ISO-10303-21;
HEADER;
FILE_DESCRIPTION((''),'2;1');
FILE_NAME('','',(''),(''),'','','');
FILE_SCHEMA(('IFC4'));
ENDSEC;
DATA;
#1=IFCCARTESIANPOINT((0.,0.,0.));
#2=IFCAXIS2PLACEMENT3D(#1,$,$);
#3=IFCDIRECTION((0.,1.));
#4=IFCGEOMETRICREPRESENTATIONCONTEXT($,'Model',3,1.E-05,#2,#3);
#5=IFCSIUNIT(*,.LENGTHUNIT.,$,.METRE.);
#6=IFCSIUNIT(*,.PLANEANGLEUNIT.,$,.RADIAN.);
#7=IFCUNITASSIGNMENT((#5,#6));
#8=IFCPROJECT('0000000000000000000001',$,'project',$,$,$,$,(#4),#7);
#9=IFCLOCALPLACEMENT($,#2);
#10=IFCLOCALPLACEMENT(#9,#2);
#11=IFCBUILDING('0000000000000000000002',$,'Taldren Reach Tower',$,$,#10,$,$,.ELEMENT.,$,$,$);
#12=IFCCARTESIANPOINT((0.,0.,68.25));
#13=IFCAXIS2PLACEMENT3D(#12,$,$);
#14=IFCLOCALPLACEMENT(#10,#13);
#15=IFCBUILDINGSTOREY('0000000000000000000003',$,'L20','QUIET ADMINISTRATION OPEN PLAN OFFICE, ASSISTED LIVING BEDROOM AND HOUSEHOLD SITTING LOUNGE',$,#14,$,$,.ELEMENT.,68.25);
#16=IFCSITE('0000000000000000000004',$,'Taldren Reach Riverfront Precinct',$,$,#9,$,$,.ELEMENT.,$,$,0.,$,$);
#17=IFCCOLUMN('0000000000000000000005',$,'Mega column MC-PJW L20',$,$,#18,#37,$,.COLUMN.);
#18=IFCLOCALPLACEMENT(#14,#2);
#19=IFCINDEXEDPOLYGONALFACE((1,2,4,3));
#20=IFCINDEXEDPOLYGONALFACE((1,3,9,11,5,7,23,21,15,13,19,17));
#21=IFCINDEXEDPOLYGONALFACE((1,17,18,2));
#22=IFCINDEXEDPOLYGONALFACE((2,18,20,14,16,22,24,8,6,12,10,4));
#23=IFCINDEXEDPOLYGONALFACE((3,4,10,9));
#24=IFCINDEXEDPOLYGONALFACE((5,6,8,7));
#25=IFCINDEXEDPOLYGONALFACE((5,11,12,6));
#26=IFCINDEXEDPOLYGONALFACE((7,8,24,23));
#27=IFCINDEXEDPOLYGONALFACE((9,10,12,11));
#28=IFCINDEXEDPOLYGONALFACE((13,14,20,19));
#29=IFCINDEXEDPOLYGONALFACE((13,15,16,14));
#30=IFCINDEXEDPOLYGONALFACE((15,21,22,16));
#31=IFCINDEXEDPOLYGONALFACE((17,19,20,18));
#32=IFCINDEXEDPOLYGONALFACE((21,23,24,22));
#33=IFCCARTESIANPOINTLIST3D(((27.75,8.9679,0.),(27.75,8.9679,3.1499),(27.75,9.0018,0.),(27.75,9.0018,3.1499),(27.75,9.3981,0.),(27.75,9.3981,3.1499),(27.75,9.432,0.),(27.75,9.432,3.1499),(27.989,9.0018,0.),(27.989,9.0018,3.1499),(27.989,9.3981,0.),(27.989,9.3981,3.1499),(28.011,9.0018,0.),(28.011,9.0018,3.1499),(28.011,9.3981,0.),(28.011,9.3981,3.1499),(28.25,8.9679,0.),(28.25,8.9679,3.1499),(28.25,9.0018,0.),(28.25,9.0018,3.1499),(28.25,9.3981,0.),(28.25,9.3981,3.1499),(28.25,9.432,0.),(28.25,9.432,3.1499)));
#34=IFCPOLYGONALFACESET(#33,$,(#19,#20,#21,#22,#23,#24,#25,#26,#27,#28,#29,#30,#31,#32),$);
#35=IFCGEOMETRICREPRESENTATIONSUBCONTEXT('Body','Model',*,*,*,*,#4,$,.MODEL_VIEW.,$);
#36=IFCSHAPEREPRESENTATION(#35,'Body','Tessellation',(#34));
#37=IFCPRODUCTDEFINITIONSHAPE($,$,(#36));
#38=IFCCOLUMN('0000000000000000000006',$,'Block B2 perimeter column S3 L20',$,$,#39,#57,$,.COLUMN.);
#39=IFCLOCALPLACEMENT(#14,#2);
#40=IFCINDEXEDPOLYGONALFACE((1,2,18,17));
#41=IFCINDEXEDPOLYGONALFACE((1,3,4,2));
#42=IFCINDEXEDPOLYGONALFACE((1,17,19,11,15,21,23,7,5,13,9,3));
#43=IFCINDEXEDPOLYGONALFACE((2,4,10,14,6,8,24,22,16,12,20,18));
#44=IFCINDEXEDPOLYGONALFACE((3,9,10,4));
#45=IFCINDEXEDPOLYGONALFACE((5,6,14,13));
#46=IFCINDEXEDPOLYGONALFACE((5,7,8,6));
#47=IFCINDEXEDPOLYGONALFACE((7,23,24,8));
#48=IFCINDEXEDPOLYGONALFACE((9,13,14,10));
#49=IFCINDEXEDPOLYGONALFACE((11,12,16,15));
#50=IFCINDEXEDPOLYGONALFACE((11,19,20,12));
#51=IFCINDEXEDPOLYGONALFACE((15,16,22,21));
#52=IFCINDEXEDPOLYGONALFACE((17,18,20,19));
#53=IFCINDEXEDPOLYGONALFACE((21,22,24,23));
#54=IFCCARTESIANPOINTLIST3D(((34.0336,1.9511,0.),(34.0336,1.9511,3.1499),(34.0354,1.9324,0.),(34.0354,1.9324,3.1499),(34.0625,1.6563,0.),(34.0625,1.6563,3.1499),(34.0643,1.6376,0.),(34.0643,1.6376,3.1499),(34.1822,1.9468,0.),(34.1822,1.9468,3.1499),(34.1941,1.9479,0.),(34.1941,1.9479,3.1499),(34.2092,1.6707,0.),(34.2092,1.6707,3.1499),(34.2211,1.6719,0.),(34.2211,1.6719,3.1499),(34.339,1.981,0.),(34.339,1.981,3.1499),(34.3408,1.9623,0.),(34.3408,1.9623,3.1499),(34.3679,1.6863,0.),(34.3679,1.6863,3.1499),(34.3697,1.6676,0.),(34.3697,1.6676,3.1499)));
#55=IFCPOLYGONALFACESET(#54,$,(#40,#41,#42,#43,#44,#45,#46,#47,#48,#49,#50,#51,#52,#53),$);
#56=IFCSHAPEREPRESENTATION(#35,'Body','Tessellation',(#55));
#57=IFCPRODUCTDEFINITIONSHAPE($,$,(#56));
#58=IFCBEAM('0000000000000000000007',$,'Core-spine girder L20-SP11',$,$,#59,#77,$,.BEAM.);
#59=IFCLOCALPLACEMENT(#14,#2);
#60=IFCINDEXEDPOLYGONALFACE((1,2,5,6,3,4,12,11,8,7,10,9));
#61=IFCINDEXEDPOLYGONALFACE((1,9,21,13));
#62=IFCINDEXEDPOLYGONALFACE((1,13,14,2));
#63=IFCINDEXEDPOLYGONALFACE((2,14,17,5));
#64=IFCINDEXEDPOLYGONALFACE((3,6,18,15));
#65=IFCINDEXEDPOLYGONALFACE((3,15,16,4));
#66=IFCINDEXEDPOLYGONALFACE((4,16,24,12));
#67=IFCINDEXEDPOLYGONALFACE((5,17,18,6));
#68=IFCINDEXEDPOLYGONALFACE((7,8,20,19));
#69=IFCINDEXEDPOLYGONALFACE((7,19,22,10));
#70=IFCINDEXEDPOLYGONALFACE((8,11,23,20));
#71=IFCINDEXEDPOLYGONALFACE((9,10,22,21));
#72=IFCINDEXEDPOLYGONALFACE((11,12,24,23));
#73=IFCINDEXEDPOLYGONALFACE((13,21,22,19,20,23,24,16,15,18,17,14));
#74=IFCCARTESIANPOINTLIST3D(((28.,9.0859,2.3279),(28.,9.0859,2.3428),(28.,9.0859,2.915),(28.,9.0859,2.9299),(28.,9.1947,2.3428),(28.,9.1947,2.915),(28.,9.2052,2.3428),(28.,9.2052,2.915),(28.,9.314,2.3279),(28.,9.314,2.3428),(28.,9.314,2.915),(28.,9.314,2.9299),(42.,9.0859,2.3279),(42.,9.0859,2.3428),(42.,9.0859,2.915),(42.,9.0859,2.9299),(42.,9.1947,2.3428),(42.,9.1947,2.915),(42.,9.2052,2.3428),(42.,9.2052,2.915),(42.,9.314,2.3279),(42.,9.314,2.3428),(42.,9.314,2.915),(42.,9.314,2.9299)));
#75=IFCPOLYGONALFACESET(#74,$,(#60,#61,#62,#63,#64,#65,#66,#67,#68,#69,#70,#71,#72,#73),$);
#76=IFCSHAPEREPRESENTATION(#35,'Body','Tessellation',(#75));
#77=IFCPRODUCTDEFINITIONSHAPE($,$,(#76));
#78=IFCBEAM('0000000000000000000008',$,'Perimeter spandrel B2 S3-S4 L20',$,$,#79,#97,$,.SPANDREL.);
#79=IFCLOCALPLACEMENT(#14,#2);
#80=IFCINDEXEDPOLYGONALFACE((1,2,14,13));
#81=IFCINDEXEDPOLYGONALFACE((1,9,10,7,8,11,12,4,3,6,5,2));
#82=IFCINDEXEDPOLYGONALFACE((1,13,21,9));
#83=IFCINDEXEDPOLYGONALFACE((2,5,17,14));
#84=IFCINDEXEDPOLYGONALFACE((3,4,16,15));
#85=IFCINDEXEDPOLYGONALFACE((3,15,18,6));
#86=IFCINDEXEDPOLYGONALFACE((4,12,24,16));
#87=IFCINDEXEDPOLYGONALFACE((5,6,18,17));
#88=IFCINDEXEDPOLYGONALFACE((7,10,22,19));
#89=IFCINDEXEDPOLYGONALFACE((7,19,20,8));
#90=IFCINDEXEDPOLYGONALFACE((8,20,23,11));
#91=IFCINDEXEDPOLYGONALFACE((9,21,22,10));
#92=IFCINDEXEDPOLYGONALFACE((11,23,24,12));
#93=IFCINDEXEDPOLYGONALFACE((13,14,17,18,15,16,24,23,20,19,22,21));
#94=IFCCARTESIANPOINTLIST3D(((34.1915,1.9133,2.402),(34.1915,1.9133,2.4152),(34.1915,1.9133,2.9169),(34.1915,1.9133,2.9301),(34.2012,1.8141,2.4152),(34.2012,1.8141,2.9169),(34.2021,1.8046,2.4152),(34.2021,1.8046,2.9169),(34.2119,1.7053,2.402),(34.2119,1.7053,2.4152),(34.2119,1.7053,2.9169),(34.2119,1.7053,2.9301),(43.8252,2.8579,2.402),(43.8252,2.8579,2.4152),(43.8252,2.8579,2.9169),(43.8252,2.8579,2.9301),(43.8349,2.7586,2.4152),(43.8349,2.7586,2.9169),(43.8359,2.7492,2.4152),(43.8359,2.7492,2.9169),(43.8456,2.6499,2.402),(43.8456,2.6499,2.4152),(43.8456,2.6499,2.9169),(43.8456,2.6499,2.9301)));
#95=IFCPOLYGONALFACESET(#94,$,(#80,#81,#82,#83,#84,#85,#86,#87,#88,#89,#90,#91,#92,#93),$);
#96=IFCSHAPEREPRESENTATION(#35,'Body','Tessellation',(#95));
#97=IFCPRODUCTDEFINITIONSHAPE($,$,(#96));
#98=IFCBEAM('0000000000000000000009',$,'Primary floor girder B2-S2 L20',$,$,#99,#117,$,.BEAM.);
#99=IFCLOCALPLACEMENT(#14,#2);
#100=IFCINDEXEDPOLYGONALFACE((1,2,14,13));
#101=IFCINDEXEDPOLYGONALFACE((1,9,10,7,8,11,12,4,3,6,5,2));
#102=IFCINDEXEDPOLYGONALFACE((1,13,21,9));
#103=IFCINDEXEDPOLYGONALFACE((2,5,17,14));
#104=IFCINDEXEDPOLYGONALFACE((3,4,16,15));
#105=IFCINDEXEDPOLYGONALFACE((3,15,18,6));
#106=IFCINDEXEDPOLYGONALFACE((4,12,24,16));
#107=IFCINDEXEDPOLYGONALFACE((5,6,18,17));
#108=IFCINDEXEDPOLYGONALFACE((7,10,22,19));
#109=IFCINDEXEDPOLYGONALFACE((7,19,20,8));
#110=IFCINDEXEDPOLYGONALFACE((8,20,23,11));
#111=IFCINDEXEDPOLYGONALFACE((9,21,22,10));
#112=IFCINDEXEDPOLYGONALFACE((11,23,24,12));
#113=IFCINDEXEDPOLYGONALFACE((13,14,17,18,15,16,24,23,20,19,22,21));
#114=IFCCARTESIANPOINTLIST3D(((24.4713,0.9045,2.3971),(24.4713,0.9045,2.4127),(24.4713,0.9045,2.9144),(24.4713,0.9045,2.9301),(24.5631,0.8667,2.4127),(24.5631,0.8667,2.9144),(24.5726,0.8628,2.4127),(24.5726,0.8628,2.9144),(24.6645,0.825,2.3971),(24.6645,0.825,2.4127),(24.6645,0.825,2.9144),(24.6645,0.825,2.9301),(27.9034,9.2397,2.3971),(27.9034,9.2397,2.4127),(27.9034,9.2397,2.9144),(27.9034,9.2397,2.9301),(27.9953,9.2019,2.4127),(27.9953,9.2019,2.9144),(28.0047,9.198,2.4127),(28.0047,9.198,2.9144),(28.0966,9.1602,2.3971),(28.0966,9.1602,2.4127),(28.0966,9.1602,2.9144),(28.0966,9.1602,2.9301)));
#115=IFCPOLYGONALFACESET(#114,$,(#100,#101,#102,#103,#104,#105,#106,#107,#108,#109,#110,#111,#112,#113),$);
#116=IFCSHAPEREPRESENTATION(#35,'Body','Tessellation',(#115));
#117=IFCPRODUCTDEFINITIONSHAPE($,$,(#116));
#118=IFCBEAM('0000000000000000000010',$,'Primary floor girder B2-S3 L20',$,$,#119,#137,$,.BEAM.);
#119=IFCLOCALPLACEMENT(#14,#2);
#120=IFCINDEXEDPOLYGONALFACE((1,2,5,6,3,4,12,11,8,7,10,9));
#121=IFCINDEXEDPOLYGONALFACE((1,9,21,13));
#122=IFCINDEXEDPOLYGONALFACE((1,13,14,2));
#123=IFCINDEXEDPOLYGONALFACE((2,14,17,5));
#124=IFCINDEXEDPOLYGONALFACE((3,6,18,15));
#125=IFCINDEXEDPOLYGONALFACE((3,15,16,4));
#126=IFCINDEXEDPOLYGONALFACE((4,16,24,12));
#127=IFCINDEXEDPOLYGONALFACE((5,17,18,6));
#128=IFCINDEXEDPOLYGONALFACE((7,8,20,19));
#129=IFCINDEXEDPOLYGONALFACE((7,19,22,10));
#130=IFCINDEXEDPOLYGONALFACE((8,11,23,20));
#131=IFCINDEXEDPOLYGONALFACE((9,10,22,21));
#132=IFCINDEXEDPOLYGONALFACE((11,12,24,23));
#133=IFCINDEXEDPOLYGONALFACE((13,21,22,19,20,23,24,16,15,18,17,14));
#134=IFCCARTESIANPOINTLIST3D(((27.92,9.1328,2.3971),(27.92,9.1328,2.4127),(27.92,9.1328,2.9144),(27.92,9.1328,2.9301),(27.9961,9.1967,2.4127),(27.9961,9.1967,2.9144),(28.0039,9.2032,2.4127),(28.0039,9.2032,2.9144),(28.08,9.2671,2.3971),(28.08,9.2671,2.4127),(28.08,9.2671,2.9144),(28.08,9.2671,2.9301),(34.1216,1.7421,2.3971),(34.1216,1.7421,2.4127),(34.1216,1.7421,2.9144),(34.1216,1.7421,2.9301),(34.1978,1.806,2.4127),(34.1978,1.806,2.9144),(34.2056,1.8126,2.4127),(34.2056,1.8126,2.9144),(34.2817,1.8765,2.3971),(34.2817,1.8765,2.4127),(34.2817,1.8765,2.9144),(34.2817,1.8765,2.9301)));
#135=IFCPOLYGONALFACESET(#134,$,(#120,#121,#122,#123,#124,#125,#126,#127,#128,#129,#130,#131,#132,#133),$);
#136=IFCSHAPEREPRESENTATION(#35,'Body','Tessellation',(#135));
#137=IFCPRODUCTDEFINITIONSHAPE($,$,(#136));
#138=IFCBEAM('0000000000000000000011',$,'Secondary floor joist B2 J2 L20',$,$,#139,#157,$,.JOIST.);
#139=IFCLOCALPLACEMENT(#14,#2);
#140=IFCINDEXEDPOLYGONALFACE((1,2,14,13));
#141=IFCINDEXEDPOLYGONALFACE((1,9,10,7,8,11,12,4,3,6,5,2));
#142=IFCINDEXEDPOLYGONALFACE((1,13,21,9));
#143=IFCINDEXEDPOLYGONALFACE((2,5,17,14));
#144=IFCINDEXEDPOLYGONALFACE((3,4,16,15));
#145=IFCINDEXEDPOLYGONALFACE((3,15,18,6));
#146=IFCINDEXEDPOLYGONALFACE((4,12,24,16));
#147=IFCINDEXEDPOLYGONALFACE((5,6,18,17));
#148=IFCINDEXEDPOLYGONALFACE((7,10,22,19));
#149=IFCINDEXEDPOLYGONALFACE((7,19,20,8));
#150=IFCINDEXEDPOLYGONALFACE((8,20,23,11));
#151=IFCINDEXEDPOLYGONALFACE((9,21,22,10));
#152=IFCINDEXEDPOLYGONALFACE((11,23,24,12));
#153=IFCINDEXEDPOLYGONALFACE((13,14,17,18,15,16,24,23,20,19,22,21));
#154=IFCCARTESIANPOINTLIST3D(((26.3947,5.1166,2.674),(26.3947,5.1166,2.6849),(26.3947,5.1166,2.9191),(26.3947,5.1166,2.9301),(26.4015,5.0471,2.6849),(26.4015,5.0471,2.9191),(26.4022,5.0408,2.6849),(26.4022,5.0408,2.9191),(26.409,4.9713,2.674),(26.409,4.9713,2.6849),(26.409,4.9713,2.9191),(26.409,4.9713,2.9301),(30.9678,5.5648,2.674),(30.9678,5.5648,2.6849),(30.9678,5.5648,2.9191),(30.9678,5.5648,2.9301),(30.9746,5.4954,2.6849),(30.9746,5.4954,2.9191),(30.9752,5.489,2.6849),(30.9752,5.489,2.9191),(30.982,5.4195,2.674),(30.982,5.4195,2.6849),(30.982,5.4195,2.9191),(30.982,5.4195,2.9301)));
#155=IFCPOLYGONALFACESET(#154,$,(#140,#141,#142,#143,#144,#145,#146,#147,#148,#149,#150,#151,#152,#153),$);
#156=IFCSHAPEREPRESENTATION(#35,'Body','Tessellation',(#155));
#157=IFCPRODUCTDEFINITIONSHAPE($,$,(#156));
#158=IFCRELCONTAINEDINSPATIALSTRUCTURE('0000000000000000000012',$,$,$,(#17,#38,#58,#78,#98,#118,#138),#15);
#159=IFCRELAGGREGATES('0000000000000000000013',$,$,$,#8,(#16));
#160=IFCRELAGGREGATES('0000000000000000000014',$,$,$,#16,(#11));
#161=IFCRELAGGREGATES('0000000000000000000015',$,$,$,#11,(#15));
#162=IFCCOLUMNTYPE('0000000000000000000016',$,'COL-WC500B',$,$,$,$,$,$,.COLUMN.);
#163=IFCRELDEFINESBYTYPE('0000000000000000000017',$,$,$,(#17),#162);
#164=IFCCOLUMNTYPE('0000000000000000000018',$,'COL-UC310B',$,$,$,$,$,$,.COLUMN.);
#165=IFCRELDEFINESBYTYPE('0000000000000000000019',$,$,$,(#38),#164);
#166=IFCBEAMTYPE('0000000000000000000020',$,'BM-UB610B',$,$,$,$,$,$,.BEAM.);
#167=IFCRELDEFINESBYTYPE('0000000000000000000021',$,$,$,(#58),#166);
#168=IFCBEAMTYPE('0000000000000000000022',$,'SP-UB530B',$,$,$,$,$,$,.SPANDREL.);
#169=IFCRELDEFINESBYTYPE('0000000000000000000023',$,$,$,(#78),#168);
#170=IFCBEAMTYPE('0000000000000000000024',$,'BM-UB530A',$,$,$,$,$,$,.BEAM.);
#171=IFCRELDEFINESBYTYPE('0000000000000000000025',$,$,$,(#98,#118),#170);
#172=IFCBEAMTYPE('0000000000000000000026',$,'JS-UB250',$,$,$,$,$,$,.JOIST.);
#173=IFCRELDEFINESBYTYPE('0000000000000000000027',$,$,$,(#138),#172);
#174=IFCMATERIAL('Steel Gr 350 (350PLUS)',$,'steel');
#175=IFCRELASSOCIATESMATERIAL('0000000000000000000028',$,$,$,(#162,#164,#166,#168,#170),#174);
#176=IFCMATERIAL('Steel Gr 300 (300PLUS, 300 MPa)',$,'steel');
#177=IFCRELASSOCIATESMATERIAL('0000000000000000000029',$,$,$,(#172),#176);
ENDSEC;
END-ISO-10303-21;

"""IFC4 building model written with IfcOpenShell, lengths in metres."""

from ifc_helpers import new_model, si_unit, direction, frame, origin, origin_2d, place, context, subcontext, project, spatial, i_section, extrude, source, transform, mapped, material, material_profile, profile_set, type_object, element, save


model = new_model("IFC4")

# Units and contexts
model_context = context("Model", 3, precision=1e-05, world=origin(), true_north=direction((0.0, 1.0)))
body_context = subcontext(model_context, "Body", "Model", "MODEL_VIEW")
ifc_project = project(units=[si_unit("LENGTHUNIT", "METRE"), si_unit("PLANEANGLEUNIT", "RADIAN")], contexts=[model_context])

# Site, building, storey
site_placement = place(None, origin())
site = spatial("IfcSite", under=ifc_project, at=site_placement, Name="Taldren Reach Riverfront Precinct", CompositionType="ELEMENT", RefElevation=0.0)
building_placement = place(site_placement, origin())
building = spatial("IfcBuilding", under=site, at=building_placement, Name="Taldren Reach Tower", CompositionType="ELEMENT")
storey_placement = place(building_placement, frame((0.0, 0.0, 68.25)))
storey = spatial("IfcBuildingStorey", under=building, at=storey_placement, Name="L20", Description="QUIET ADMINISTRATION OPEN PLAN OFFICE, ASSISTED LIVING BEDROOM AND HOUSEHOLD SITTING LOUNGE", CompositionType="ELEMENT", Elevation=68.25)

# Columns
ifc_material_1 = material(Name="Steel Gr 350 (350PLUS)", Category="steel")
ifc_material_profile_1 = material_profile(ifc_material_1, i_section(OverallWidth=0.5, OverallDepth=0.4641, WebThickness=0.022, FlangeThickness=0.0339, at=origin_2d()), Name="500WC340")
ifc_profile_set_1 = profile_set([ifc_material_profile_1], Name="Steel Gr 350 (350PLUS)")
column_type_1 = type_object("IfcColumnType", Name="COL-WC500B", PredefinedType="COLUMN", material=ifc_profile_set_1)
shared_shape_1 = source(origin(), body_context, "Body", "SweptSolid", [
    extrude(i_section(OverallWidth=0.5, OverallDepth=0.4641, WebThickness=0.022, FlangeThickness=0.0339, at=origin_2d()), origin(), (0.0, 0.0, 1.0), 3.1499),
])
column_1_placement = place(storey_placement, frame((28.0, 9.2, 0.0), z_axis=(0.0, 0.0, 1.0), x_axis=(1.0, 0.0, 0.0)))
element("IfcColumn", 1, at=column_1_placement, inside=storey, type_object=column_type_1, Name="Mega column MC-PJW L20", PredefinedType="COLUMN", context=body_context, shape_type="MappedRepresentation", body=[
    mapped(shared_shape_1, transform((0.0, 0.0, 0.0), scale=1.0)),
])
ifc_material_profile_2 = material_profile(ifc_material_1, i_section(OverallWidth=0.3069, OverallDepth=0.3149, WebThickness=0.012, FlangeThickness=0.0188, at=origin_2d()), Name="310UC118")
ifc_profile_set_2 = profile_set([ifc_material_profile_2], Name="Steel Gr 350 (350PLUS)")
column_type_2 = type_object("IfcColumnType", Name="COL-UC310B", PredefinedType="COLUMN", material=ifc_profile_set_2)
shared_shape_2 = source(origin(), body_context, "Body", "SweptSolid", [
    extrude(i_section(OverallWidth=0.3069, OverallDepth=0.3149, WebThickness=0.012, FlangeThickness=0.0188, at=origin_2d()), origin(), (0.0, 0.0, 1.0), 3.1499),
])
column_2_placement = place(storey_placement, frame((34.2017, 1.8093, 0.0), z_axis=(0.0, 0.0, 1.0), x_axis=(0.995227, 0.097583, 0.0)))
element("IfcColumn", 2, at=column_2_placement, inside=storey, type_object=column_type_2, Name="Block B2 perimeter column S3 L20", PredefinedType="COLUMN", context=body_context, shape_type="MappedRepresentation", body=[
    mapped(shared_shape_2, transform((0.0, 0.0, 0.0), scale=1.0)),
])

# Beams
ifc_material_profile_3 = material_profile(ifc_material_1, i_section(OverallWidth=0.228, OverallDepth=0.6021, WebThickness=0.0105, FlangeThickness=0.0149, at=origin_2d()), Name="610UB101")
ifc_profile_set_3 = profile_set([ifc_material_profile_3], Name="Steel Gr 350 (350PLUS)")
beam_type_1 = type_object("IfcBeamType", Name="BM-UB610B", PredefinedType="BEAM", material=ifc_profile_set_3)
shared_shape_3 = source(origin(), body_context, "Body", "SweptSolid", [
    extrude(i_section(OverallWidth=0.228, OverallDepth=0.6021, WebThickness=0.0105, FlangeThickness=0.0149, at=origin_2d()), origin(), (0.0, 0.0, 1.0), 14.0),
])
beam_1_placement = place(storey_placement, frame((28.0, 9.2, 2.6289), z_axis=(1.0, 0.0, 0.0), x_axis=(0.0, 1.0, 0.0)))
element("IfcBeam", 3, at=beam_1_placement, inside=storey, type_object=beam_type_1, Name="Core-spine girder L20-SP11", PredefinedType="BEAM", context=body_context, shape_type="MappedRepresentation", body=[
    mapped(shared_shape_3, transform((0.0, 0.0, 0.0), scale=1.0)),
])
ifc_material_profile_4 = material_profile(ifc_material_1, i_section(OverallWidth=0.209, OverallDepth=0.5281, WebThickness=0.0095, FlangeThickness=0.0132, at=origin_2d()), Name="530UB82.0")
ifc_profile_set_4 = profile_set([ifc_material_profile_4], Name="Steel Gr 350 (350PLUS)")
beam_type_2 = type_object("IfcBeamType", Name="SP-UB530B", PredefinedType="SPANDREL", material=ifc_profile_set_4)
shared_shape_4 = source(origin(), body_context, "Body", "SweptSolid", [
    extrude(i_section(OverallWidth=0.209, OverallDepth=0.5281, WebThickness=0.0095, FlangeThickness=0.0132, at=origin_2d()), origin(), (0.0, 0.0, 1.0), 9.6799),
])
beam_2_placement = place(storey_placement, frame((34.2017, 1.8093, 2.666), z_axis=(0.995228, 0.097581, 0.0), x_axis=(-0.097581, 0.995228, 0.0)))
element("IfcBeam", 4, at=beam_2_placement, inside=storey, type_object=beam_type_2, Name="Perimeter spandrel B2 S3-S4 L20", PredefinedType="SPANDREL", context=body_context, shape_type="MappedRepresentation", body=[
    mapped(shared_shape_4, transform((0.0, 0.0, 0.0), scale=1.0)),
])
ifc_material_profile_5 = material_profile(ifc_material_1, i_section(OverallWidth=0.209, OverallDepth=0.533, WebThickness=0.0103, FlangeThickness=0.0156, at=origin_2d()), Name="530UB92.4")
ifc_profile_set_5 = profile_set([ifc_material_profile_5], Name="Steel Gr 350 (350PLUS)")
beam_type_3 = type_object("IfcBeamType", Name="BM-UB530A", PredefinedType="BEAM", material=ifc_profile_set_5)
shared_shape_5 = source(origin(), body_context, "Body", "SweptSolid", [
    extrude(i_section(OverallWidth=0.209, OverallDepth=0.533, WebThickness=0.0103, FlangeThickness=0.0156, at=origin_2d()), origin(), (0.0, 0.0, 1.0), 9.0142),
])
beam_3_placement = place(storey_placement, frame((28.0, 9.2, 2.6636), z_axis=(-0.380748, -0.924679, 0.0), x_axis=(0.924679, -0.380748, 0.0)))
element("IfcBeam", 5, at=beam_3_placement, inside=storey, type_object=beam_type_3, Name="Primary floor girder B2-S2 L20", PredefinedType="BEAM", context=body_context, shape_type="MappedRepresentation", body=[
    mapped(shared_shape_5, transform((0.0, 0.0, 0.0), scale=1.0)),
])
shared_shape_6 = source(origin(), body_context, "Body", "SweptSolid", [
    extrude(i_section(OverallWidth=0.209, OverallDepth=0.533, WebThickness=0.0103, FlangeThickness=0.0156, at=origin_2d()), origin(), (0.0, 0.0, 1.0), 9.6479),
])
beam_4_placement = place(storey_placement, frame((28.0, 9.2, 2.6636), z_axis=(0.642799, -0.766035, 0.0), x_axis=(0.766035, 0.642799, 0.0)))
element("IfcBeam", 6, at=beam_4_placement, inside=storey, type_object=beam_type_3, Name="Primary floor girder B2-S3 L20", PredefinedType="BEAM", context=body_context, shape_type="MappedRepresentation", body=[
    mapped(shared_shape_6, transform((0.0, 0.0, 0.0), scale=1.0)),
])
ifc_material_2 = material(Name="Steel Gr 300 (300PLUS, 300 MPa)", Category="steel")
ifc_material_profile_6 = material_profile(ifc_material_2, i_section(OverallWidth=0.146, OverallDepth=0.2561, WebThickness=0.0063, FlangeThickness=0.011, at=origin_2d()), Name="250UB37.3")
ifc_profile_set_6 = profile_set([ifc_material_profile_6], Name="Steel Gr 300 (300PLUS, 300 MPa)")
beam_type_4 = type_object("IfcBeamType", Name="JS-UB250", PredefinedType="JOIST", material=ifc_profile_set_6)
shared_shape_7 = source(origin(), body_context, "Body", "SweptSolid", [
    extrude(i_section(OverallWidth=0.146, OverallDepth=0.2561, WebThickness=0.0063, FlangeThickness=0.011, at=origin_2d()), origin(), (0.0, 0.0, 1.0), 4.595),
])
beam_5_placement = place(storey_placement, frame((26.4019, 5.0439, 2.802), z_axis=(0.99523, 0.097552, 0.0), x_axis=(-0.097552, 0.99523, 0.0)))
element("IfcBeam", 7, at=beam_5_placement, inside=storey, type_object=beam_type_4, Name="Secondary floor joist B2 J2 L20", PredefinedType="JOIST", context=body_context, shape_type="MappedRepresentation", body=[
    mapped(shared_shape_7, transform((0.0, 0.0, 0.0), scale=1.0)),
])

save(model, "model.ifc")
